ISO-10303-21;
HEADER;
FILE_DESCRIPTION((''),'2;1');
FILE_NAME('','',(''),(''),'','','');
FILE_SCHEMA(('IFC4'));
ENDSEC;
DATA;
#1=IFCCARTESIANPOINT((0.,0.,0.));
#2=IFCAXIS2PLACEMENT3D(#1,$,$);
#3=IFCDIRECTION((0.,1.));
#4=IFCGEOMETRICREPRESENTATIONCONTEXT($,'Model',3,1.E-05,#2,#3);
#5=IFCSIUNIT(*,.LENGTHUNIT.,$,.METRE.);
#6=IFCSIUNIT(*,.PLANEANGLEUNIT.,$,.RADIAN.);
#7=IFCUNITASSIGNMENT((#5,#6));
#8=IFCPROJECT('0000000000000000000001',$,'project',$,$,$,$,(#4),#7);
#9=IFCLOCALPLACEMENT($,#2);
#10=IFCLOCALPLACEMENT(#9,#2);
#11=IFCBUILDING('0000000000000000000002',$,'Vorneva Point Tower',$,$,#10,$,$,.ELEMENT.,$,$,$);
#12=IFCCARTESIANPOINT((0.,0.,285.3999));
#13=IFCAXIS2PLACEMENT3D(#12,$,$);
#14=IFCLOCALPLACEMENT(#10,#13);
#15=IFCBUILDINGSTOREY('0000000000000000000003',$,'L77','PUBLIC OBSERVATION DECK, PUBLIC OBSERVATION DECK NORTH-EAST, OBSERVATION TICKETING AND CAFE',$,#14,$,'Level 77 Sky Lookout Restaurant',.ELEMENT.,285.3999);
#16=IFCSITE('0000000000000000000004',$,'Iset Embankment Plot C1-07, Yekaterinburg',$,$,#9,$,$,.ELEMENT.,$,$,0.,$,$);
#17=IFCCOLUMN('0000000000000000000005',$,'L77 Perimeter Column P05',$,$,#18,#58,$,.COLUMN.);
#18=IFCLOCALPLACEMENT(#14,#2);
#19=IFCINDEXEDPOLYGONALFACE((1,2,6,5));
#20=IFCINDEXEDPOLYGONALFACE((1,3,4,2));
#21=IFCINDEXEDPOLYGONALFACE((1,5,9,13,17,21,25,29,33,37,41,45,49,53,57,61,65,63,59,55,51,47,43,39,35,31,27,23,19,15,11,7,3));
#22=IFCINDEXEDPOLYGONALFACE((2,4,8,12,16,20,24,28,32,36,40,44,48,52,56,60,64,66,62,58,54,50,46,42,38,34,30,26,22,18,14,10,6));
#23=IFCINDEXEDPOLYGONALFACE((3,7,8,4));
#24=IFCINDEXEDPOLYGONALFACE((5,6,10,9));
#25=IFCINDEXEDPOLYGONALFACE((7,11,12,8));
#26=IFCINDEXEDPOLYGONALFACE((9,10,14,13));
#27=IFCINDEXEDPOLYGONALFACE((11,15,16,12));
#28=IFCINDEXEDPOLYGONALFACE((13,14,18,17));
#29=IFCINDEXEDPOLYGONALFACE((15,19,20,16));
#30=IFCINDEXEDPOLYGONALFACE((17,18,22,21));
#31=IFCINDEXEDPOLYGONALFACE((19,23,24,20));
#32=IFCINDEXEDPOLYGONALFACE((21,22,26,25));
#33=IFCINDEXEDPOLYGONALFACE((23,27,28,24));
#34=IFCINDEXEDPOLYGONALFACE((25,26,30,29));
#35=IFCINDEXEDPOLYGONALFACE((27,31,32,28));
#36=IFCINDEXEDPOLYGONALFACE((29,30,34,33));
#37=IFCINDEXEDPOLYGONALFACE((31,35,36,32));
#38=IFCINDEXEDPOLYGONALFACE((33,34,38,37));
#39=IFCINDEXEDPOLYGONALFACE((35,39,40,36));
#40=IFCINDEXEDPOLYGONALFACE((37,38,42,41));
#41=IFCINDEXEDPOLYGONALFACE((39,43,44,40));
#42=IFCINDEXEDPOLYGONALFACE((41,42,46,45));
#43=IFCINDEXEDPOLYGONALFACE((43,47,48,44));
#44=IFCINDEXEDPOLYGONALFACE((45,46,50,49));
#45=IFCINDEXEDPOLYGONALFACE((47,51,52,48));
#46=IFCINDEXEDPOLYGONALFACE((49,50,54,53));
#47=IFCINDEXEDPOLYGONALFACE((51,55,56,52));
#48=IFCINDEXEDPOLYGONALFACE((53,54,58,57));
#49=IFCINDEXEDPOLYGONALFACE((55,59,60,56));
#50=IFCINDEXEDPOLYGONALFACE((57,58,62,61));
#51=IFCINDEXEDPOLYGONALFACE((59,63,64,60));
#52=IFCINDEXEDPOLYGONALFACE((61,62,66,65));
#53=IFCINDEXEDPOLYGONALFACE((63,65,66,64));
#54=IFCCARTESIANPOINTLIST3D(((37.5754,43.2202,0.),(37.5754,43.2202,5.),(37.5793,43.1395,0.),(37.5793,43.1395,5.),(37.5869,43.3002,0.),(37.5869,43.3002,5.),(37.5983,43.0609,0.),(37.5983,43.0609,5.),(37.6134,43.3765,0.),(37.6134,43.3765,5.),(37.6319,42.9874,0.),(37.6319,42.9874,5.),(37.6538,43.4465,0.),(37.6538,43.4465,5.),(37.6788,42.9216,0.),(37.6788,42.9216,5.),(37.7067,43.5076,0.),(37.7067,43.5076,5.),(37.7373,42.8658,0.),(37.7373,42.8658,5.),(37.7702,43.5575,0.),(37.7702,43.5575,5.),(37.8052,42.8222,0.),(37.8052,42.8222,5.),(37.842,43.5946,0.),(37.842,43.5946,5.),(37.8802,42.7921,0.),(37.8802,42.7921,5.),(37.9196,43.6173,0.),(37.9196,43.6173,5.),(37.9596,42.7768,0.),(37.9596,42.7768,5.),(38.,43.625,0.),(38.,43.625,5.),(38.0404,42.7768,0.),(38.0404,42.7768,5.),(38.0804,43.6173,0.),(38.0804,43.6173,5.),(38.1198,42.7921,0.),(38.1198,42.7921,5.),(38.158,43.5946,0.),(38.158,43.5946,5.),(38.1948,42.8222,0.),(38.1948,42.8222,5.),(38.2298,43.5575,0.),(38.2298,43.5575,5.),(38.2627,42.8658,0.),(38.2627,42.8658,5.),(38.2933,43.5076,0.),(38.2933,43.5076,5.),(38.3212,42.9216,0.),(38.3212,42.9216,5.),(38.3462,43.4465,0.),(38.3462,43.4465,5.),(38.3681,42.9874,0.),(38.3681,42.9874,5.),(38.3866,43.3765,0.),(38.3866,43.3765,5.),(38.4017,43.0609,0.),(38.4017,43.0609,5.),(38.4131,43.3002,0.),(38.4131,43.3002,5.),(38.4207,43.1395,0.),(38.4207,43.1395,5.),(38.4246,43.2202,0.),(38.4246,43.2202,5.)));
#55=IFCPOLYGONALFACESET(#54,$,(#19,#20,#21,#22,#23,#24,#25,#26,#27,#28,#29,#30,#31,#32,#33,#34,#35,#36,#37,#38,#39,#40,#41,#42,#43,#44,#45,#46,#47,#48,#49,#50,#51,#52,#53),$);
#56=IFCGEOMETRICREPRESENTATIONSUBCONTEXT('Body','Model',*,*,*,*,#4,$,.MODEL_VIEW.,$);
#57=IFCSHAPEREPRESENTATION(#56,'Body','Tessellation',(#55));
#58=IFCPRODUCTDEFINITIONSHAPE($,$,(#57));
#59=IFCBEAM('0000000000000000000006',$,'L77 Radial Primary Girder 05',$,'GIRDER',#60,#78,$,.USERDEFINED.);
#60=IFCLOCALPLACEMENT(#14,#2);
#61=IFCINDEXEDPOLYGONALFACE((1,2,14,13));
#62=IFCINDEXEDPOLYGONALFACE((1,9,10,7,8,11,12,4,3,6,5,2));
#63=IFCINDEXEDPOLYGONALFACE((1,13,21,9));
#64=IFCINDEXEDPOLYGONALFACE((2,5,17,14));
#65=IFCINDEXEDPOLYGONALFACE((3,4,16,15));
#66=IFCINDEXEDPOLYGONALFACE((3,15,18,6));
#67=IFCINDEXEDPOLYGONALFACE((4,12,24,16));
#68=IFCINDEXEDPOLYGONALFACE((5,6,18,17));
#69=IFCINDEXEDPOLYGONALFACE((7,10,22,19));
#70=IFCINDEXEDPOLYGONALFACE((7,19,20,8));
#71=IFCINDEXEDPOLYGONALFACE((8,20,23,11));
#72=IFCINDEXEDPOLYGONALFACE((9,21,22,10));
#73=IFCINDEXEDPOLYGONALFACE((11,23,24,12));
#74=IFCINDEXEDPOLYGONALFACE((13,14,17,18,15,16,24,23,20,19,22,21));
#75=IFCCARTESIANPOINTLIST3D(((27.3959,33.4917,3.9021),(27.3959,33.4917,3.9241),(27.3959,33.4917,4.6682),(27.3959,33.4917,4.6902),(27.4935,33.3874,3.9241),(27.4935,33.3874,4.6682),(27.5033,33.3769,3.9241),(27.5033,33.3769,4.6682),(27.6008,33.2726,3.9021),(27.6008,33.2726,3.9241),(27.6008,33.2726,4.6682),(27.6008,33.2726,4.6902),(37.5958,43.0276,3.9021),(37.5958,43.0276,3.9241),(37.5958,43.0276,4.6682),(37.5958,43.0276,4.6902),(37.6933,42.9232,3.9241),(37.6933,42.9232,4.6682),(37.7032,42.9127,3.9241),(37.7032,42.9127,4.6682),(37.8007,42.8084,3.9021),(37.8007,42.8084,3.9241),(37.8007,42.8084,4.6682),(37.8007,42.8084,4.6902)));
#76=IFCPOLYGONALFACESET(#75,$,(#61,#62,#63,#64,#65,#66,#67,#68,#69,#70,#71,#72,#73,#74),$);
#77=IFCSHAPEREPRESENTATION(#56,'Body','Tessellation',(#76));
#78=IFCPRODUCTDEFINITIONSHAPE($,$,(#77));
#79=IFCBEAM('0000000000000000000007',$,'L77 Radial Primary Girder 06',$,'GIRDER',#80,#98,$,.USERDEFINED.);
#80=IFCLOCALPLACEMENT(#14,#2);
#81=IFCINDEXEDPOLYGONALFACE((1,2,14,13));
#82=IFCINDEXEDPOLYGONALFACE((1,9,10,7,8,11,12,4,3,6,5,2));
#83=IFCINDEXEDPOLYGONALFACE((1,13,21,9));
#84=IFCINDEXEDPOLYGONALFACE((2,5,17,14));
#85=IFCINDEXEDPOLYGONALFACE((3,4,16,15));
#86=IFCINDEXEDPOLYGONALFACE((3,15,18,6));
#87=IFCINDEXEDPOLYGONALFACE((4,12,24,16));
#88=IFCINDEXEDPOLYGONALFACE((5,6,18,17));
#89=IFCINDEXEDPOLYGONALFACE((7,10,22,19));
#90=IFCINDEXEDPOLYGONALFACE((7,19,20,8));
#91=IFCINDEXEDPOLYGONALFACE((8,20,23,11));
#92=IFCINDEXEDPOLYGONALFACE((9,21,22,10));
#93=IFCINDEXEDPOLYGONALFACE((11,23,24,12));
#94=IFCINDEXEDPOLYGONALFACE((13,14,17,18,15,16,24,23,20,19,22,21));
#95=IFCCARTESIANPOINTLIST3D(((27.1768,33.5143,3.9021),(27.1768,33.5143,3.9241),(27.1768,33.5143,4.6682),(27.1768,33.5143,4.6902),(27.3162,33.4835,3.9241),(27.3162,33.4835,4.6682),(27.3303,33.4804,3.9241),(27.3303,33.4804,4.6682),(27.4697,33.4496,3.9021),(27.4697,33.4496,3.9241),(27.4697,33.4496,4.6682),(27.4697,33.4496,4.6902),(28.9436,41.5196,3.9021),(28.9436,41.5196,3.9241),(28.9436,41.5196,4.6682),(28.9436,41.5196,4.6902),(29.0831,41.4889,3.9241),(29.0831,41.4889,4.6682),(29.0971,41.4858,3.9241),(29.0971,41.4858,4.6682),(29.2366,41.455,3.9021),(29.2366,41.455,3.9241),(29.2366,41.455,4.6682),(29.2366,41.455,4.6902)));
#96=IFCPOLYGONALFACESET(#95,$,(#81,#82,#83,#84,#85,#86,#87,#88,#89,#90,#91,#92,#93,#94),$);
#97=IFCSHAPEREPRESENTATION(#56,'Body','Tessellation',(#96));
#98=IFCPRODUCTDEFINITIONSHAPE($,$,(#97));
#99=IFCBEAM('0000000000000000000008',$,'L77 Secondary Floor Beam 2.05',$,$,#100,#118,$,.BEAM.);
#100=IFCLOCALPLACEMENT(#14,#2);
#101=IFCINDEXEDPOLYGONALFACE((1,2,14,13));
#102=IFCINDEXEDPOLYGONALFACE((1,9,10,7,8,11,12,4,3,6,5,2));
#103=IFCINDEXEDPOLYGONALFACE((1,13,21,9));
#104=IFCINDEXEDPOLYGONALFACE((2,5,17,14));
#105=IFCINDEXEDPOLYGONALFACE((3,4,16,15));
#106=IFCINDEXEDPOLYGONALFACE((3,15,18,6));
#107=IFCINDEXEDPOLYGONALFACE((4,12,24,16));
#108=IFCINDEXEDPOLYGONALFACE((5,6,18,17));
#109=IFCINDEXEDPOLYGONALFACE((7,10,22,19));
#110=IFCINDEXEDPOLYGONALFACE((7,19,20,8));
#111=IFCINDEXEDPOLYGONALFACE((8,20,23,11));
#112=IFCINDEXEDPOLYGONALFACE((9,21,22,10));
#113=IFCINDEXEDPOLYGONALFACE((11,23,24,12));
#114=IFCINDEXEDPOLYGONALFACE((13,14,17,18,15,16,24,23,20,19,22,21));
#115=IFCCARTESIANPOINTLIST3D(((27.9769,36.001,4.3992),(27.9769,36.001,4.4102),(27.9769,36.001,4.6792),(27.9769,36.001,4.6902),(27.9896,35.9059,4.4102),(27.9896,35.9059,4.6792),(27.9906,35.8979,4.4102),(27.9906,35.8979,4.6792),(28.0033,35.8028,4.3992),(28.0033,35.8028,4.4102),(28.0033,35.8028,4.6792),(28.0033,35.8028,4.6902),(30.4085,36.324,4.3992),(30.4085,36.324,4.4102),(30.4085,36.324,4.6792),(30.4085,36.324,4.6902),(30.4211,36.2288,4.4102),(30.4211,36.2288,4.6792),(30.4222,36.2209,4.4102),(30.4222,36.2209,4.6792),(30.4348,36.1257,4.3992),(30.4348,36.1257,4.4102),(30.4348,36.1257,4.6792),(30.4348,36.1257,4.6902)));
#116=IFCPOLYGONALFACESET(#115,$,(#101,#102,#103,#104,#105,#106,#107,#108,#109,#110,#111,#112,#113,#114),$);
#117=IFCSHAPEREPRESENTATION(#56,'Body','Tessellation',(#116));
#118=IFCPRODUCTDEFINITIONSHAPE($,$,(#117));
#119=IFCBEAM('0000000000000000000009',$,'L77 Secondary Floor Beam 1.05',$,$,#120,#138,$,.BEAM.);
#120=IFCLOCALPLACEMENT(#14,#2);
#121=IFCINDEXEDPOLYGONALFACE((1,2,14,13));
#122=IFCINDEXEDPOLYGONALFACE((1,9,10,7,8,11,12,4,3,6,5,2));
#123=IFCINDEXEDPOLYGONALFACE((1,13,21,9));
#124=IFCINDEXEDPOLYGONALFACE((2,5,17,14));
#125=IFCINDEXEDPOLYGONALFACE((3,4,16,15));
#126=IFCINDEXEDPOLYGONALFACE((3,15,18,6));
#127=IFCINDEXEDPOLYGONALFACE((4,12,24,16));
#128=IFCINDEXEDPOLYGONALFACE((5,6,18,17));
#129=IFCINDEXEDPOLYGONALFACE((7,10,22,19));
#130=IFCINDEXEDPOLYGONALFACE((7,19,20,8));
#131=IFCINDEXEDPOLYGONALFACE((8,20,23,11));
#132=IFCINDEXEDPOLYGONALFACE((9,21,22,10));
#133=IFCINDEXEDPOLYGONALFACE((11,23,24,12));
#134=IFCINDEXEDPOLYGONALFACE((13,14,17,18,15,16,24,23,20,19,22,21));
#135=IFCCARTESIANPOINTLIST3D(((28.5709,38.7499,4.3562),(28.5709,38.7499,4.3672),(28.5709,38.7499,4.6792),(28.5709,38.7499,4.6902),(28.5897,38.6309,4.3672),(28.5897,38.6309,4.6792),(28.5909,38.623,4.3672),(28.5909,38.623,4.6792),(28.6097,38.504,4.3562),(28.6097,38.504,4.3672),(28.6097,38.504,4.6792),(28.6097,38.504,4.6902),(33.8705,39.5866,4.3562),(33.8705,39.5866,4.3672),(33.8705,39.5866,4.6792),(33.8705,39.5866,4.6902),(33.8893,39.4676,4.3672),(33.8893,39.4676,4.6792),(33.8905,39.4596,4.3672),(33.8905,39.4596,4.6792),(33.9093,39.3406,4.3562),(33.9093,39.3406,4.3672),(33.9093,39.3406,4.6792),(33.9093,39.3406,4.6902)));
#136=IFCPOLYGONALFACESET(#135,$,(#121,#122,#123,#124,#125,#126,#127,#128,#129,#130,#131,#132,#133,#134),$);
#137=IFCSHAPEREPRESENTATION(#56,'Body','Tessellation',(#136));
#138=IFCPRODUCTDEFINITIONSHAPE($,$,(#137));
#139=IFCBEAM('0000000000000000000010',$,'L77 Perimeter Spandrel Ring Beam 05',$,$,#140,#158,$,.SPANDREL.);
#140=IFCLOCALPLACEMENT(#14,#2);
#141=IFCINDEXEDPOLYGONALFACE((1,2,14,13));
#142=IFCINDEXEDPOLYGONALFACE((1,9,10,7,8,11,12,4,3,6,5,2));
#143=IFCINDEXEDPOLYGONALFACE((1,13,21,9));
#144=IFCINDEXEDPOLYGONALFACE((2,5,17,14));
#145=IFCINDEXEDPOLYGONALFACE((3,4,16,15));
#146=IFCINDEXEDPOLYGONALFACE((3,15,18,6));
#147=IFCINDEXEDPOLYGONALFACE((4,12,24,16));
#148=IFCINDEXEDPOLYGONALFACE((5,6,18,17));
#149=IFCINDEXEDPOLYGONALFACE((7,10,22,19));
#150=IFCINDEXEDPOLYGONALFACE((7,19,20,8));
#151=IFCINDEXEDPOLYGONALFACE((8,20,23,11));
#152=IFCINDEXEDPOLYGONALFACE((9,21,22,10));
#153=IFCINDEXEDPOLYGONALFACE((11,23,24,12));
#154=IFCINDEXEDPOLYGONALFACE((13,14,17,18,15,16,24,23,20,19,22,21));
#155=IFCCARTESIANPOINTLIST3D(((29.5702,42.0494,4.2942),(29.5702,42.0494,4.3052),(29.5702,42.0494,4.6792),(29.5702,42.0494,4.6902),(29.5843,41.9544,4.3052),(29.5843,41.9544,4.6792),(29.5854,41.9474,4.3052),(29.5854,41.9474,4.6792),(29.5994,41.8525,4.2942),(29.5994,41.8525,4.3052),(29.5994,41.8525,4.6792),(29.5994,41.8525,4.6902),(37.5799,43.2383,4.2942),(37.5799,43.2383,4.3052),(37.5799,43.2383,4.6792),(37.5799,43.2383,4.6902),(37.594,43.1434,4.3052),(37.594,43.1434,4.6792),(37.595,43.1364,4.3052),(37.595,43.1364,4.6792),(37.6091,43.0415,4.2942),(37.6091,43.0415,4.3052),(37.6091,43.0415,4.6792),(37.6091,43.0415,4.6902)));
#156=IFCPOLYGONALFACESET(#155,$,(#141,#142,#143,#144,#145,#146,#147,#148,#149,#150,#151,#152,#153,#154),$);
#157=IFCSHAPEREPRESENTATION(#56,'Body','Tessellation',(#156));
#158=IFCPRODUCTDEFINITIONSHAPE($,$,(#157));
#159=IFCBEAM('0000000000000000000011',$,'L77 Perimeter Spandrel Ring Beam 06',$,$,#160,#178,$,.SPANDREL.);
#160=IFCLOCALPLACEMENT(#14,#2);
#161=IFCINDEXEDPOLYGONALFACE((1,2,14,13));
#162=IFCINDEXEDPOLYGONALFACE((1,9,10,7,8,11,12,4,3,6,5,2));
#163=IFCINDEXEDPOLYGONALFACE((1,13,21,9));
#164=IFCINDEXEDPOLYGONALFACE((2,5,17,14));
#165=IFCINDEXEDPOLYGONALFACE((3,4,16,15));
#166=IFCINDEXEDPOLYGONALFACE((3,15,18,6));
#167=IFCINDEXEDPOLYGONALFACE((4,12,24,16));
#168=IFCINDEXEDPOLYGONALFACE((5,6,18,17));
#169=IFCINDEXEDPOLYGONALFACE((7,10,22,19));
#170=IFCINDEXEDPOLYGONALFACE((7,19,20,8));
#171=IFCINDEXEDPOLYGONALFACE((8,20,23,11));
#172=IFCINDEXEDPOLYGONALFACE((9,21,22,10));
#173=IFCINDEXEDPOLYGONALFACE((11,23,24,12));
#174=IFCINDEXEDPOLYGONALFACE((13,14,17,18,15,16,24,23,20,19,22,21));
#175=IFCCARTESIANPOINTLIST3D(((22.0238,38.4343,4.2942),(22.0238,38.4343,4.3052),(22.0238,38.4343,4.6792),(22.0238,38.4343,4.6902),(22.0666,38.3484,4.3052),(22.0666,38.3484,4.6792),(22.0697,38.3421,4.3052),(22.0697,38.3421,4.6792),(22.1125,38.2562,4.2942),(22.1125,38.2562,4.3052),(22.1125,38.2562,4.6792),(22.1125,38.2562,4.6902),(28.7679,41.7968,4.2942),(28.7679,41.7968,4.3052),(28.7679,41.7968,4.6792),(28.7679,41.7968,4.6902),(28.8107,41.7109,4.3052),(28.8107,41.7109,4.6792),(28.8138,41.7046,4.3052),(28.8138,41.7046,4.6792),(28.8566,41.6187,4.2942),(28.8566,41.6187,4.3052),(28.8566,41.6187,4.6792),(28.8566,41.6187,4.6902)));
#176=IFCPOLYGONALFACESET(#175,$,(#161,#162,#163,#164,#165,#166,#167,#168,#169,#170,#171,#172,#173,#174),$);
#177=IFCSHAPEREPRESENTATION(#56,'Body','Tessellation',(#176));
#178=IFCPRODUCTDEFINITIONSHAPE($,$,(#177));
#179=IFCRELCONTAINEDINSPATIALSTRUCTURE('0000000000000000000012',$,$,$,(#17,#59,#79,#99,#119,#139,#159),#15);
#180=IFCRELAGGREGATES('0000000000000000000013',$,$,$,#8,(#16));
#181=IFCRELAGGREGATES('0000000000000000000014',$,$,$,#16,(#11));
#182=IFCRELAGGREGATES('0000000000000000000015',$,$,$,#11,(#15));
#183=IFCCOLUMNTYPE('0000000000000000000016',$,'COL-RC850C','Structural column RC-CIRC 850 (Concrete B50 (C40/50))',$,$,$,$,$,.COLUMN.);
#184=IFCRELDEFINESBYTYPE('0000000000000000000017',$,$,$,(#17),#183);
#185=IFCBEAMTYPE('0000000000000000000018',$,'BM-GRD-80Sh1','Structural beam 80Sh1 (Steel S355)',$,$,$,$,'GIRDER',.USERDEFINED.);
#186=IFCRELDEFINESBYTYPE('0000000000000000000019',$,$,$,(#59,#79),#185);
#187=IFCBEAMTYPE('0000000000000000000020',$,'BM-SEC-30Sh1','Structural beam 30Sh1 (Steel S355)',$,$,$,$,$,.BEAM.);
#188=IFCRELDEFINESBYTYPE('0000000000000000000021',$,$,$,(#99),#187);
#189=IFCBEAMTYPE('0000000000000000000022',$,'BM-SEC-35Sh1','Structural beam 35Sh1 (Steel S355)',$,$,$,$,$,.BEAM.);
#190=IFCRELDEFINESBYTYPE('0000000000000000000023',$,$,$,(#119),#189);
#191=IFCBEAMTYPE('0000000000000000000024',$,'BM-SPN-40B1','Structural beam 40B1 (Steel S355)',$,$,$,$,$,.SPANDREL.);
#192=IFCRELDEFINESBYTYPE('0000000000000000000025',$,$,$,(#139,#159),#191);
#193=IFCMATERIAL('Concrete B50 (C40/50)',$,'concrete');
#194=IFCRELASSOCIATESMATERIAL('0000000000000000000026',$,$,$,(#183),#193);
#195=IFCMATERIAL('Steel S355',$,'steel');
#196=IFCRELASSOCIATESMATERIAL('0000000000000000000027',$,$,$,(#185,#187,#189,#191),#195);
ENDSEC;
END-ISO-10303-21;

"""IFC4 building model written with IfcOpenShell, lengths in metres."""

from ifc_helpers import new_model, si_unit, direction, frame, origin, origin_2d, place, context, subcontext, project, spatial, circle, i_section, extrude, material, material_profile, profile_set, type_object, element, save


model = new_model("IFC4")

# Units and contexts
model_context = context("Model", 3, precision=1e-05, world=origin(), true_north=direction((0.0, 1.0)))
body_context = subcontext(model_context, "Body", "Model", "MODEL_VIEW")
ifc_project = project(units=[si_unit("LENGTHUNIT", "METRE"), si_unit("PLANEANGLEUNIT", "RADIAN")], contexts=[model_context])

# Site, building, storey
site_placement = place(None, origin())
site = spatial("IfcSite", under=ifc_project, at=site_placement, Name="Iset Embankment Plot C1-07, Yekaterinburg", CompositionType="ELEMENT", RefElevation=0.0)
building_placement = place(site_placement, origin())
building = spatial("IfcBuilding", under=site, at=building_placement, Name="Vorneva Point Tower", CompositionType="ELEMENT")
storey_placement = place(building_placement, frame((0.0, 0.0, 285.3999)))
storey = spatial("IfcBuildingStorey", under=building, at=storey_placement, Name="L77", Description="PUBLIC OBSERVATION DECK, PUBLIC OBSERVATION DECK NORTH-EAST, OBSERVATION TICKETING AND CAFE", LongName="Level 77 Sky Lookout Restaurant", CompositionType="ELEMENT", Elevation=285.3999)

# Column
ifc_material_1 = material(Name="Concrete B50 (C40/50)", Category="concrete")
ifc_material_profile_1 = material_profile(ifc_material_1, circle(Radius=0.425, at=origin_2d()), Name="RC-CIRC 850")
ifc_profile_set_1 = profile_set([ifc_material_profile_1], Name="Concrete B50 (C40/50)")
column_type = type_object("IfcColumnType", Name="COL-RC850C", Description="Structural column RC-CIRC 850 (Concrete B50 (C40/50))", PredefinedType="COLUMN", material=ifc_profile_set_1)
for number, where, z_axis, x_axis, name in (
    (1, (38.0, 43.2, 0.0), (0.0, 0.0, 1.0), (0.0, 1.0, 0.0), "L77 Perimeter Column P05"),
):
    element("IfcColumn", number, at=place(storey_placement, frame(where, z_axis=z_axis, x_axis=x_axis)), inside=storey, type_object=column_type, Name=name, PredefinedType="COLUMN", context=body_context, shape_type="SweptSolid", body=[
        extrude(circle(Radius=0.425, at=origin_2d()), origin(), (0.0, 0.0, 1.0), 5.0),
    ])

# Beams
ifc_material_2 = material(Name="Steel S355", Category="steel")
ifc_material_profile_2 = material_profile(ifc_material_2, i_section(OverallWidth=0.3, OverallDepth=0.7881, WebThickness=0.0144, FlangeThickness=0.022, at=origin_2d()), Name="80Sh1")
ifc_profile_set_2 = profile_set([ifc_material_profile_2], Name="Steel S355")
beam_type_1 = type_object("IfcBeamType", Name="BM-GRD-80Sh1", Description="Structural beam 80Sh1 (Steel S355)", ElementType="GIRDER", PredefinedType="USERDEFINED", material=ifc_profile_set_2)
beam_1_placement = place(storey_placement, frame((37.6982, 42.918, 4.2961), z_axis=(-0.730486, -0.682928, 0.0), x_axis=(0.682928, -0.730486, 0.0)))
element("IfcBeam", 2, at=beam_1_placement, inside=storey, type_object=beam_type_1, Name="L77 Radial Primary Girder 05", ObjectType="GIRDER", PredefinedType="USERDEFINED", context=body_context, shape_type="SweptSolid", body=[
    extrude(i_section(OverallWidth=0.3, OverallDepth=0.7881, WebThickness=0.0144, FlangeThickness=0.022, at=origin_2d()), origin(), (0.0, 0.0, 1.0), 13.9631),
])
beam_2_placement = place(storey_placement, frame((29.0901, 41.4873, 4.2961), z_axis=(-0.215521, -0.976499, 0.0), x_axis=(0.976499, -0.215521, 0.0)))
element("IfcBeam", 3, at=beam_2_placement, inside=storey, type_object=beam_type_1, Name="L77 Radial Primary Girder 06", ObjectType="GIRDER", PredefinedType="USERDEFINED", context=body_context, shape_type="SweptSolid", body=[
    extrude(i_section(OverallWidth=0.3, OverallDepth=0.7881, WebThickness=0.0144, FlangeThickness=0.022, at=origin_2d()), origin(), (0.0, 0.0, 1.0), 8.198),
])
ifc_material_profile_3 = material_profile(ifc_material_2, i_section(OverallWidth=0.2, OverallDepth=0.291, WebThickness=0.0081, FlangeThickness=0.011, at=origin_2d()), Name="30Sh1")
ifc_profile_set_3 = profile_set([ifc_material_profile_3], Name="Steel S355")
beam_type_2 = type_object("IfcBeamType", Name="BM-SEC-30Sh1", Description="Structural beam 30Sh1 (Steel S355)", PredefinedType="BEAM", material=ifc_profile_set_3)
beam_3_placement = place(storey_placement, frame((30.4216, 36.2249, 4.5447), z_axis=(-0.991293, -0.131675, 0.0), x_axis=(0.131675, -0.991293, 0.0)))
element("IfcBeam", 4, at=beam_3_placement, inside=storey, type_object=beam_type_2, Name="L77 Secondary Floor Beam 2.05", PredefinedType="BEAM", context=body_context, shape_type="SweptSolid", body=[
    extrude(i_section(OverallWidth=0.2, OverallDepth=0.291, WebThickness=0.0081, FlangeThickness=0.011, at=origin_2d()), origin(), (0.0, 0.0, 1.0), 2.4529),
])
ifc_material_profile_4 = material_profile(ifc_material_2, i_section(OverallWidth=0.249, OverallDepth=0.334, WebThickness=0.0081, FlangeThickness=0.011, at=origin_2d()), Name="35Sh1")
ifc_profile_set_4 = profile_set([ifc_material_profile_4], Name="Steel S355")
beam_type_3 = type_object("IfcBeamType", Name="BM-SEC-35Sh1", Description="Structural beam 35Sh1 (Steel S355)", PredefinedType="BEAM", material=ifc_profile_set_4)
beam_4_placement = place(storey_placement, frame((33.8899, 39.4636, 4.5232), z_axis=(-0.987766, -0.155944, 0.0), x_axis=(0.155944, -0.987766, 0.0)))
element("IfcBeam", 5, at=beam_4_placement, inside=storey, type_object=beam_type_3, Name="L77 Secondary Floor Beam 1.05", PredefinedType="BEAM", context=body_context, shape_type="SweptSolid", body=[
    extrude(i_section(OverallWidth=0.249, OverallDepth=0.334, WebThickness=0.0081, FlangeThickness=0.011, at=origin_2d()), origin(), (0.0, 0.0, 1.0), 5.3652),
])
ifc_material_profile_5 = material_profile(ifc_material_2, i_section(OverallWidth=0.199, OverallDepth=0.396, WebThickness=0.0071, FlangeThickness=0.011, at=origin_2d()), Name="40B1")
ifc_profile_set_5 = profile_set([ifc_material_profile_5], Name="Steel S355")
beam_type_4 = type_object("IfcBeamType", Name="BM-SPN-40B1", Description="Structural beam 40B1 (Steel S355)", PredefinedType="SPANDREL", material=ifc_profile_set_5)
beam_5_placement = place(storey_placement, frame((37.5945, 43.1399, 4.4922), z_axis=(-0.989162, -0.146831, 0.0), x_axis=(0.146831, -0.989162, 0.0)))
element("IfcBeam", 6, at=beam_5_placement, inside=storey, type_object=beam_type_4, Name="L77 Perimeter Spandrel Ring Beam 05", PredefinedType="SPANDREL", context=body_context, shape_type="SweptSolid", body=[
    extrude(i_section(OverallWidth=0.199, OverallDepth=0.396, WebThickness=0.0071, FlangeThickness=0.011, at=origin_2d()), origin(), (0.0, 0.0, 1.0), 8.0974),
])
beam_6_placement = place(storey_placement, frame((28.8123, 41.7078, 4.4922), z_axis=(-0.894932, -0.446203, 0.0), x_axis=(0.446203, -0.894932, 0.0)))
element("IfcBeam", 7, at=beam_6_placement, inside=storey, type_object=beam_type_4, Name="L77 Perimeter Spandrel Ring Beam 06", PredefinedType="SPANDREL", context=body_context, shape_type="SweptSolid", body=[
    extrude(i_section(OverallWidth=0.199, OverallDepth=0.396, WebThickness=0.0071, FlangeThickness=0.011, at=origin_2d()), origin(), (0.0, 0.0, 1.0), 7.5359),
])

save(model, "model.ifc")
